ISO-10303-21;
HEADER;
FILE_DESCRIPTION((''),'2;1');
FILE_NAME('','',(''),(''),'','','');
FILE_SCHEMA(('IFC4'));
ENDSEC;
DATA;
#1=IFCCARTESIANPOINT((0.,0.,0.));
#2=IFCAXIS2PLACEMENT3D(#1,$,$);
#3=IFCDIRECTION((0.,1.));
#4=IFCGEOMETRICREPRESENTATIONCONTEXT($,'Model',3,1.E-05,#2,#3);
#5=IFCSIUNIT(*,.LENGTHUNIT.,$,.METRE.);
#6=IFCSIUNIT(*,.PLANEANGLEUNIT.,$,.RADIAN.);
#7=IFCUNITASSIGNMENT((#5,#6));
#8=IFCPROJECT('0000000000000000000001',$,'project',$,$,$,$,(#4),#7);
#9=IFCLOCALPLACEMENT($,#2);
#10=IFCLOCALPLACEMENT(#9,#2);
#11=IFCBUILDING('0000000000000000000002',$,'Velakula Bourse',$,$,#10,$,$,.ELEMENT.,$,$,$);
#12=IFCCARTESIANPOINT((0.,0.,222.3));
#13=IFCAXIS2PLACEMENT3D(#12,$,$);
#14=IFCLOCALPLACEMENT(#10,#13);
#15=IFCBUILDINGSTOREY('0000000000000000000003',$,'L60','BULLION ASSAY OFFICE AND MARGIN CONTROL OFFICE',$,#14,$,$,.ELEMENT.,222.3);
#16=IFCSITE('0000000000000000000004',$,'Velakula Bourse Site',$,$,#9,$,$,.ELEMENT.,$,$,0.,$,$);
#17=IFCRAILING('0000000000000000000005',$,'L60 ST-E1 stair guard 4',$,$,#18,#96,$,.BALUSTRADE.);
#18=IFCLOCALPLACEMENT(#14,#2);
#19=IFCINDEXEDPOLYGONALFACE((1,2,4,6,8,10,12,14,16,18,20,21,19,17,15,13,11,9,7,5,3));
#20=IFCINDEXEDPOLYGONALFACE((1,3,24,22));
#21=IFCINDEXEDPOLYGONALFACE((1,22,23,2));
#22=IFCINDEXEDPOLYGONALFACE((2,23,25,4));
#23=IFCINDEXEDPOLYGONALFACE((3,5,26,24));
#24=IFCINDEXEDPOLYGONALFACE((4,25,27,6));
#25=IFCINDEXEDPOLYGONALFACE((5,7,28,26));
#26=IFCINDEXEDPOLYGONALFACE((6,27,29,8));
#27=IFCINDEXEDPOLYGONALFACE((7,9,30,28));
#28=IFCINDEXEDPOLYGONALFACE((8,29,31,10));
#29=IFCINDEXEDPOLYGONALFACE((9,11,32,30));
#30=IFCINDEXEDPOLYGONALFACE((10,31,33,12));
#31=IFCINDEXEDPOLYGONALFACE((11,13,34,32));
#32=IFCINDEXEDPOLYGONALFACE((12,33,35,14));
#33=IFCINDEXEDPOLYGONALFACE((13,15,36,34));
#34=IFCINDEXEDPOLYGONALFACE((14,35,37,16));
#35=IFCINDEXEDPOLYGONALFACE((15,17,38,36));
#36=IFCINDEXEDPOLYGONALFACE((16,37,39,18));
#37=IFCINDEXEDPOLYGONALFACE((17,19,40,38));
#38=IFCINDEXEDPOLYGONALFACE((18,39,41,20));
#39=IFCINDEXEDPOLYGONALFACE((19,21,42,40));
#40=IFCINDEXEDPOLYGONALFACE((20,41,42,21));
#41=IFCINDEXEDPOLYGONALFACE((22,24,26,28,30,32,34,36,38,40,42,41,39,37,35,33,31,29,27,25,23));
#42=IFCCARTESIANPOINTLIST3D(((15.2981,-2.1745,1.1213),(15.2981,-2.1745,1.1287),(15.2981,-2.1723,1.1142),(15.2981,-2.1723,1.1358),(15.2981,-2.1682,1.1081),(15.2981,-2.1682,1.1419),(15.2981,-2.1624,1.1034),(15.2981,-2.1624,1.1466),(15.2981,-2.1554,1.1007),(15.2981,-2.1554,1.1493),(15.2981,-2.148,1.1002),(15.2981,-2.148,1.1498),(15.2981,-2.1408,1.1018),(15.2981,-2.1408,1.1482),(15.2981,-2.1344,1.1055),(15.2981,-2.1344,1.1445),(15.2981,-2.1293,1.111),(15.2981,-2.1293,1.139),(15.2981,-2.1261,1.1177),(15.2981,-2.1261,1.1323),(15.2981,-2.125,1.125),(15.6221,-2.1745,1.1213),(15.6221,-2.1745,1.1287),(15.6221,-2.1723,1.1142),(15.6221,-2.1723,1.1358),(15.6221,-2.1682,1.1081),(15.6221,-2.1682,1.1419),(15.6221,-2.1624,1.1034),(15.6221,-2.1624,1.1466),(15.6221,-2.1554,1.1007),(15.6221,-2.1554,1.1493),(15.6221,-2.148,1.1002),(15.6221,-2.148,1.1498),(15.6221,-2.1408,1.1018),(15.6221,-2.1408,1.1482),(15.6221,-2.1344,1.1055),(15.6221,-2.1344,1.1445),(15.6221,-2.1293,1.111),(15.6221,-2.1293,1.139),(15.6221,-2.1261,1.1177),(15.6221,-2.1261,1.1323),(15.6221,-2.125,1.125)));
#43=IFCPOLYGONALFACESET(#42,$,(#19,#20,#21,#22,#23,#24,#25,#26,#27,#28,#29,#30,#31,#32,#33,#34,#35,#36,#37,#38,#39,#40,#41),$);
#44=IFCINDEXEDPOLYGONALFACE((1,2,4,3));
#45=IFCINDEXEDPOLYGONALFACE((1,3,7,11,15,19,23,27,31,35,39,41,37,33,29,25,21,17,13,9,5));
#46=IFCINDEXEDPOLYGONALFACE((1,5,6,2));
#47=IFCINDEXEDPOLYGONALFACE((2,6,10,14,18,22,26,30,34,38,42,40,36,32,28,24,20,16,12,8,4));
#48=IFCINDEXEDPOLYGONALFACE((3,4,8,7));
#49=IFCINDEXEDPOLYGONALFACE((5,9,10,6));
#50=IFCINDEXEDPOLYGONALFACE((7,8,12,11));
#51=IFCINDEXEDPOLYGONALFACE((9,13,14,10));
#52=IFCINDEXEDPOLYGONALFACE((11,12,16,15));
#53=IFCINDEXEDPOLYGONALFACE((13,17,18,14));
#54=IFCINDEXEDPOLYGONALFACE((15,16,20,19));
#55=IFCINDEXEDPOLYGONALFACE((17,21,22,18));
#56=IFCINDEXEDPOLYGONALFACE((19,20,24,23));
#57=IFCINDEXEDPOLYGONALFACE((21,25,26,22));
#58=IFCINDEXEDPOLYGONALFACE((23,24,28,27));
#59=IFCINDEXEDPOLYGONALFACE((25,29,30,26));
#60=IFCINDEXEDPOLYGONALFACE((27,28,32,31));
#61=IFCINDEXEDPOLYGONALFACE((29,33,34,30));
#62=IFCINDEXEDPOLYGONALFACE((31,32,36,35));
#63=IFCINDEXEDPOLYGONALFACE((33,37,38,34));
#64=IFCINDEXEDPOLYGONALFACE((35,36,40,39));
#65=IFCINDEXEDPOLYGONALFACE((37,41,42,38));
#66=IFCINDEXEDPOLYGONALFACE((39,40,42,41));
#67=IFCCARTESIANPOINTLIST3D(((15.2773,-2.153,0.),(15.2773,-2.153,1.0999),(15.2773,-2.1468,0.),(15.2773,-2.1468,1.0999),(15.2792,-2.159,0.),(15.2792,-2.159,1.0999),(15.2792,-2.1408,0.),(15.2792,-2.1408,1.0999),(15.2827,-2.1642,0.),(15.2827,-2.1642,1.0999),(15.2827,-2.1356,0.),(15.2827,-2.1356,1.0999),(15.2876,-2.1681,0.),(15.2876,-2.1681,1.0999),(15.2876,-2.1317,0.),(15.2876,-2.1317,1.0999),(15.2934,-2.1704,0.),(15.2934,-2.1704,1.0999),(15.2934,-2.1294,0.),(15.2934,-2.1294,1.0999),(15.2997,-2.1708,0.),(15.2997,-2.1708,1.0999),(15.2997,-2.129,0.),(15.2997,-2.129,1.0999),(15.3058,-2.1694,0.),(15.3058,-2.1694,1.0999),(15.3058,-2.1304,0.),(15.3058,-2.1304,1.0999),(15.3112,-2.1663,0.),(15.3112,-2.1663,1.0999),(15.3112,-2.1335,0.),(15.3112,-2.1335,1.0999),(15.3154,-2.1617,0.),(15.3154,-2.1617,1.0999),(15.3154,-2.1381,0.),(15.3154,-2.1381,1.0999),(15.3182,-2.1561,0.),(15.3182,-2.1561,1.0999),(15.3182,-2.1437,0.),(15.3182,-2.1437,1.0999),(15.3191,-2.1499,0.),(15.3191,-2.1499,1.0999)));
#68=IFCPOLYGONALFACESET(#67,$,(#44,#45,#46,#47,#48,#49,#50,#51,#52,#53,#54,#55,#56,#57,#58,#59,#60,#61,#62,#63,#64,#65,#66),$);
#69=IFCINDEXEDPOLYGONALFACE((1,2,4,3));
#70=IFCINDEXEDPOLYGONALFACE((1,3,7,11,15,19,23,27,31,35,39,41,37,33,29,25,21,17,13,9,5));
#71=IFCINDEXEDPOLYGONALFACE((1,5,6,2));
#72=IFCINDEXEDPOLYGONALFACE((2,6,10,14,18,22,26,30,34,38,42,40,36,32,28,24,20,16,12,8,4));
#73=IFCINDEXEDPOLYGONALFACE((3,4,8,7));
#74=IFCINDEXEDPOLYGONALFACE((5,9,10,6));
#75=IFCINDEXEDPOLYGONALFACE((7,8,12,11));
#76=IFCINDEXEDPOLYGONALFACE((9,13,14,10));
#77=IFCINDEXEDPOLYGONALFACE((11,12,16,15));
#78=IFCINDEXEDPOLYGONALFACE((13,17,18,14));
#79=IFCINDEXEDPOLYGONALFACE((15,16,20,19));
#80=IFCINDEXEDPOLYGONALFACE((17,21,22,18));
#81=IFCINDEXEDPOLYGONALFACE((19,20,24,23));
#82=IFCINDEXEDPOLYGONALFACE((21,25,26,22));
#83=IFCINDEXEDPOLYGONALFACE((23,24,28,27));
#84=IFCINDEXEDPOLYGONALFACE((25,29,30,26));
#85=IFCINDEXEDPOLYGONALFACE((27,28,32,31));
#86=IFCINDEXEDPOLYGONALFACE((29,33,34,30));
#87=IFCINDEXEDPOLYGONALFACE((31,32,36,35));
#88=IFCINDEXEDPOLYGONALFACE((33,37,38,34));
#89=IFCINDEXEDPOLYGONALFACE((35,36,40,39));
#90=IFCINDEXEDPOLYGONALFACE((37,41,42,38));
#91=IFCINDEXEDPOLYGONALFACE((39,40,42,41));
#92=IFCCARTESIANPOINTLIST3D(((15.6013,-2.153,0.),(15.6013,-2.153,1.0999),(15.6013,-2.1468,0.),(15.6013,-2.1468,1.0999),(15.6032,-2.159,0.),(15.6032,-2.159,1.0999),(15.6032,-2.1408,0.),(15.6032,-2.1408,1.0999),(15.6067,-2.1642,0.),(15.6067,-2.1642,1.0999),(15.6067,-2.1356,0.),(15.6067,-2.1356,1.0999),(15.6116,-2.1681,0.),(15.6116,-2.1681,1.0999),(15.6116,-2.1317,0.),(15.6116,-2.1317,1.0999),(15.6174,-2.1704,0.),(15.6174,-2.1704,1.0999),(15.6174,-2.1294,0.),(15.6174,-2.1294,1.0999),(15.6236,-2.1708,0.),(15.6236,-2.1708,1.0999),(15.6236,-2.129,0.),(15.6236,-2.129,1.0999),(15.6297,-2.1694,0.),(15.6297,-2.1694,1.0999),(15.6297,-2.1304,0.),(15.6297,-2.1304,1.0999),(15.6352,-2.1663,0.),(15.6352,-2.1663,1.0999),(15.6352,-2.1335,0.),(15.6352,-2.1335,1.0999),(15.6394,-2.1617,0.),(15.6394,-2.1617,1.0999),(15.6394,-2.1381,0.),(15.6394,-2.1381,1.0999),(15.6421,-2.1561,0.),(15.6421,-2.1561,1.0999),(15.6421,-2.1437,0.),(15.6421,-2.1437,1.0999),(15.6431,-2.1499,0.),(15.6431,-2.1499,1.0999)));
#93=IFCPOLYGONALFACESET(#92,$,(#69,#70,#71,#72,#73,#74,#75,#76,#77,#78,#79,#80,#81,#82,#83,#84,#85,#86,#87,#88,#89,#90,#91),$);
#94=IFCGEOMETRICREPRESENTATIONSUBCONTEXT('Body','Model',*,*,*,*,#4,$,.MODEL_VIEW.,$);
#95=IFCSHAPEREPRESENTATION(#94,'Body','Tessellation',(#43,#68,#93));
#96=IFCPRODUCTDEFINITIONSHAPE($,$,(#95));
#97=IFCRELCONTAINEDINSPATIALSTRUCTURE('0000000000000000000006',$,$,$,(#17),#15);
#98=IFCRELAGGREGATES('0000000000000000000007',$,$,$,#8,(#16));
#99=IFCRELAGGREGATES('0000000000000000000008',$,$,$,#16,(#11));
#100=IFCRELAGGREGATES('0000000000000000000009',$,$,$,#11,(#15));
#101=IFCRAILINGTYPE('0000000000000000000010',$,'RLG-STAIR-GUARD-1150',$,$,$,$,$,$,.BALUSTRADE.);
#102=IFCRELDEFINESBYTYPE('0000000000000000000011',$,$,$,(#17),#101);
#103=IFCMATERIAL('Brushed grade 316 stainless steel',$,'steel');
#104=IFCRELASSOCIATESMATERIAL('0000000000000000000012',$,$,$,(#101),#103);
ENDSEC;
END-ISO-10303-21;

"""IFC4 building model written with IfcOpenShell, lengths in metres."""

from ifc_helpers import new_model, si_unit, direction, frame, origin, origin_2d, place, context, subcontext, project, spatial, circle, extrude, material, type_object, element, save


model = new_model("IFC4")

# Units and contexts
model_context = context("Model", 3, precision=1e-05, world=origin(), true_north=direction((0.0, 1.0)))
body_context = subcontext(model_context, "Body", "Model", "MODEL_VIEW")
ifc_project = project(units=[si_unit("LENGTHUNIT", "METRE"), si_unit("PLANEANGLEUNIT", "RADIAN")], contexts=[model_context])

# Site, building, storey
site_placement = place(None, origin())
site = spatial("IfcSite", under=ifc_project, at=site_placement, Name="Velakula Bourse Site", CompositionType="ELEMENT", RefElevation=0.0)
building_placement = place(site_placement, origin())
building = spatial("IfcBuilding", under=site, at=building_placement, Name="Velakula Bourse", CompositionType="ELEMENT")
storey_placement = place(building_placement, frame((0.0, 0.0, 222.3)))
storey = spatial("IfcBuildingStorey", under=building, at=storey_placement, Name="L60", Description="BULLION ASSAY OFFICE AND MARGIN CONTROL OFFICE", CompositionType="ELEMENT", Elevation=222.3)

# Shared definitions
ifc_material_1 = material(Name="Brushed grade 316 stainless steel", Category="steel")

# Railing
railing_type_1 = type_object("IfcRailingType", Name="RLG-STAIR-GUARD-1150", PredefinedType="BALUSTRADE", material=ifc_material_1)
railing_1_placement = place(storey_placement, frame((15.2981, -2.1499, 0.0)))
element("IfcRailing", 1, at=railing_1_placement, inside=storey, type_object=railing_type_1, Name="L60 ST-E1 stair guard 4", PredefinedType="BALUSTRADE", context=body_context, shape_type="SweptSolid", body=[
    extrude(circle(Radius=0.0249, at=origin_2d()), frame((0.0, 0.0, 1.125), z_axis=(1.0, 0.0, 0.0), x_axis=(0.0, 1.0, 0.0)), (0.0, 0.0, 1.0), 0.324),
    extrude(circle(Radius=0.021, at=origin_2d()), origin(), (0.0, 0.0, 1.0), 1.0999),
    extrude(circle(Radius=0.021, at=origin_2d()), frame((0.324, 0.0, 0.0)), (0.0, 0.0, 1.0), 1.0999),
])

save(model, "model.ifc")
